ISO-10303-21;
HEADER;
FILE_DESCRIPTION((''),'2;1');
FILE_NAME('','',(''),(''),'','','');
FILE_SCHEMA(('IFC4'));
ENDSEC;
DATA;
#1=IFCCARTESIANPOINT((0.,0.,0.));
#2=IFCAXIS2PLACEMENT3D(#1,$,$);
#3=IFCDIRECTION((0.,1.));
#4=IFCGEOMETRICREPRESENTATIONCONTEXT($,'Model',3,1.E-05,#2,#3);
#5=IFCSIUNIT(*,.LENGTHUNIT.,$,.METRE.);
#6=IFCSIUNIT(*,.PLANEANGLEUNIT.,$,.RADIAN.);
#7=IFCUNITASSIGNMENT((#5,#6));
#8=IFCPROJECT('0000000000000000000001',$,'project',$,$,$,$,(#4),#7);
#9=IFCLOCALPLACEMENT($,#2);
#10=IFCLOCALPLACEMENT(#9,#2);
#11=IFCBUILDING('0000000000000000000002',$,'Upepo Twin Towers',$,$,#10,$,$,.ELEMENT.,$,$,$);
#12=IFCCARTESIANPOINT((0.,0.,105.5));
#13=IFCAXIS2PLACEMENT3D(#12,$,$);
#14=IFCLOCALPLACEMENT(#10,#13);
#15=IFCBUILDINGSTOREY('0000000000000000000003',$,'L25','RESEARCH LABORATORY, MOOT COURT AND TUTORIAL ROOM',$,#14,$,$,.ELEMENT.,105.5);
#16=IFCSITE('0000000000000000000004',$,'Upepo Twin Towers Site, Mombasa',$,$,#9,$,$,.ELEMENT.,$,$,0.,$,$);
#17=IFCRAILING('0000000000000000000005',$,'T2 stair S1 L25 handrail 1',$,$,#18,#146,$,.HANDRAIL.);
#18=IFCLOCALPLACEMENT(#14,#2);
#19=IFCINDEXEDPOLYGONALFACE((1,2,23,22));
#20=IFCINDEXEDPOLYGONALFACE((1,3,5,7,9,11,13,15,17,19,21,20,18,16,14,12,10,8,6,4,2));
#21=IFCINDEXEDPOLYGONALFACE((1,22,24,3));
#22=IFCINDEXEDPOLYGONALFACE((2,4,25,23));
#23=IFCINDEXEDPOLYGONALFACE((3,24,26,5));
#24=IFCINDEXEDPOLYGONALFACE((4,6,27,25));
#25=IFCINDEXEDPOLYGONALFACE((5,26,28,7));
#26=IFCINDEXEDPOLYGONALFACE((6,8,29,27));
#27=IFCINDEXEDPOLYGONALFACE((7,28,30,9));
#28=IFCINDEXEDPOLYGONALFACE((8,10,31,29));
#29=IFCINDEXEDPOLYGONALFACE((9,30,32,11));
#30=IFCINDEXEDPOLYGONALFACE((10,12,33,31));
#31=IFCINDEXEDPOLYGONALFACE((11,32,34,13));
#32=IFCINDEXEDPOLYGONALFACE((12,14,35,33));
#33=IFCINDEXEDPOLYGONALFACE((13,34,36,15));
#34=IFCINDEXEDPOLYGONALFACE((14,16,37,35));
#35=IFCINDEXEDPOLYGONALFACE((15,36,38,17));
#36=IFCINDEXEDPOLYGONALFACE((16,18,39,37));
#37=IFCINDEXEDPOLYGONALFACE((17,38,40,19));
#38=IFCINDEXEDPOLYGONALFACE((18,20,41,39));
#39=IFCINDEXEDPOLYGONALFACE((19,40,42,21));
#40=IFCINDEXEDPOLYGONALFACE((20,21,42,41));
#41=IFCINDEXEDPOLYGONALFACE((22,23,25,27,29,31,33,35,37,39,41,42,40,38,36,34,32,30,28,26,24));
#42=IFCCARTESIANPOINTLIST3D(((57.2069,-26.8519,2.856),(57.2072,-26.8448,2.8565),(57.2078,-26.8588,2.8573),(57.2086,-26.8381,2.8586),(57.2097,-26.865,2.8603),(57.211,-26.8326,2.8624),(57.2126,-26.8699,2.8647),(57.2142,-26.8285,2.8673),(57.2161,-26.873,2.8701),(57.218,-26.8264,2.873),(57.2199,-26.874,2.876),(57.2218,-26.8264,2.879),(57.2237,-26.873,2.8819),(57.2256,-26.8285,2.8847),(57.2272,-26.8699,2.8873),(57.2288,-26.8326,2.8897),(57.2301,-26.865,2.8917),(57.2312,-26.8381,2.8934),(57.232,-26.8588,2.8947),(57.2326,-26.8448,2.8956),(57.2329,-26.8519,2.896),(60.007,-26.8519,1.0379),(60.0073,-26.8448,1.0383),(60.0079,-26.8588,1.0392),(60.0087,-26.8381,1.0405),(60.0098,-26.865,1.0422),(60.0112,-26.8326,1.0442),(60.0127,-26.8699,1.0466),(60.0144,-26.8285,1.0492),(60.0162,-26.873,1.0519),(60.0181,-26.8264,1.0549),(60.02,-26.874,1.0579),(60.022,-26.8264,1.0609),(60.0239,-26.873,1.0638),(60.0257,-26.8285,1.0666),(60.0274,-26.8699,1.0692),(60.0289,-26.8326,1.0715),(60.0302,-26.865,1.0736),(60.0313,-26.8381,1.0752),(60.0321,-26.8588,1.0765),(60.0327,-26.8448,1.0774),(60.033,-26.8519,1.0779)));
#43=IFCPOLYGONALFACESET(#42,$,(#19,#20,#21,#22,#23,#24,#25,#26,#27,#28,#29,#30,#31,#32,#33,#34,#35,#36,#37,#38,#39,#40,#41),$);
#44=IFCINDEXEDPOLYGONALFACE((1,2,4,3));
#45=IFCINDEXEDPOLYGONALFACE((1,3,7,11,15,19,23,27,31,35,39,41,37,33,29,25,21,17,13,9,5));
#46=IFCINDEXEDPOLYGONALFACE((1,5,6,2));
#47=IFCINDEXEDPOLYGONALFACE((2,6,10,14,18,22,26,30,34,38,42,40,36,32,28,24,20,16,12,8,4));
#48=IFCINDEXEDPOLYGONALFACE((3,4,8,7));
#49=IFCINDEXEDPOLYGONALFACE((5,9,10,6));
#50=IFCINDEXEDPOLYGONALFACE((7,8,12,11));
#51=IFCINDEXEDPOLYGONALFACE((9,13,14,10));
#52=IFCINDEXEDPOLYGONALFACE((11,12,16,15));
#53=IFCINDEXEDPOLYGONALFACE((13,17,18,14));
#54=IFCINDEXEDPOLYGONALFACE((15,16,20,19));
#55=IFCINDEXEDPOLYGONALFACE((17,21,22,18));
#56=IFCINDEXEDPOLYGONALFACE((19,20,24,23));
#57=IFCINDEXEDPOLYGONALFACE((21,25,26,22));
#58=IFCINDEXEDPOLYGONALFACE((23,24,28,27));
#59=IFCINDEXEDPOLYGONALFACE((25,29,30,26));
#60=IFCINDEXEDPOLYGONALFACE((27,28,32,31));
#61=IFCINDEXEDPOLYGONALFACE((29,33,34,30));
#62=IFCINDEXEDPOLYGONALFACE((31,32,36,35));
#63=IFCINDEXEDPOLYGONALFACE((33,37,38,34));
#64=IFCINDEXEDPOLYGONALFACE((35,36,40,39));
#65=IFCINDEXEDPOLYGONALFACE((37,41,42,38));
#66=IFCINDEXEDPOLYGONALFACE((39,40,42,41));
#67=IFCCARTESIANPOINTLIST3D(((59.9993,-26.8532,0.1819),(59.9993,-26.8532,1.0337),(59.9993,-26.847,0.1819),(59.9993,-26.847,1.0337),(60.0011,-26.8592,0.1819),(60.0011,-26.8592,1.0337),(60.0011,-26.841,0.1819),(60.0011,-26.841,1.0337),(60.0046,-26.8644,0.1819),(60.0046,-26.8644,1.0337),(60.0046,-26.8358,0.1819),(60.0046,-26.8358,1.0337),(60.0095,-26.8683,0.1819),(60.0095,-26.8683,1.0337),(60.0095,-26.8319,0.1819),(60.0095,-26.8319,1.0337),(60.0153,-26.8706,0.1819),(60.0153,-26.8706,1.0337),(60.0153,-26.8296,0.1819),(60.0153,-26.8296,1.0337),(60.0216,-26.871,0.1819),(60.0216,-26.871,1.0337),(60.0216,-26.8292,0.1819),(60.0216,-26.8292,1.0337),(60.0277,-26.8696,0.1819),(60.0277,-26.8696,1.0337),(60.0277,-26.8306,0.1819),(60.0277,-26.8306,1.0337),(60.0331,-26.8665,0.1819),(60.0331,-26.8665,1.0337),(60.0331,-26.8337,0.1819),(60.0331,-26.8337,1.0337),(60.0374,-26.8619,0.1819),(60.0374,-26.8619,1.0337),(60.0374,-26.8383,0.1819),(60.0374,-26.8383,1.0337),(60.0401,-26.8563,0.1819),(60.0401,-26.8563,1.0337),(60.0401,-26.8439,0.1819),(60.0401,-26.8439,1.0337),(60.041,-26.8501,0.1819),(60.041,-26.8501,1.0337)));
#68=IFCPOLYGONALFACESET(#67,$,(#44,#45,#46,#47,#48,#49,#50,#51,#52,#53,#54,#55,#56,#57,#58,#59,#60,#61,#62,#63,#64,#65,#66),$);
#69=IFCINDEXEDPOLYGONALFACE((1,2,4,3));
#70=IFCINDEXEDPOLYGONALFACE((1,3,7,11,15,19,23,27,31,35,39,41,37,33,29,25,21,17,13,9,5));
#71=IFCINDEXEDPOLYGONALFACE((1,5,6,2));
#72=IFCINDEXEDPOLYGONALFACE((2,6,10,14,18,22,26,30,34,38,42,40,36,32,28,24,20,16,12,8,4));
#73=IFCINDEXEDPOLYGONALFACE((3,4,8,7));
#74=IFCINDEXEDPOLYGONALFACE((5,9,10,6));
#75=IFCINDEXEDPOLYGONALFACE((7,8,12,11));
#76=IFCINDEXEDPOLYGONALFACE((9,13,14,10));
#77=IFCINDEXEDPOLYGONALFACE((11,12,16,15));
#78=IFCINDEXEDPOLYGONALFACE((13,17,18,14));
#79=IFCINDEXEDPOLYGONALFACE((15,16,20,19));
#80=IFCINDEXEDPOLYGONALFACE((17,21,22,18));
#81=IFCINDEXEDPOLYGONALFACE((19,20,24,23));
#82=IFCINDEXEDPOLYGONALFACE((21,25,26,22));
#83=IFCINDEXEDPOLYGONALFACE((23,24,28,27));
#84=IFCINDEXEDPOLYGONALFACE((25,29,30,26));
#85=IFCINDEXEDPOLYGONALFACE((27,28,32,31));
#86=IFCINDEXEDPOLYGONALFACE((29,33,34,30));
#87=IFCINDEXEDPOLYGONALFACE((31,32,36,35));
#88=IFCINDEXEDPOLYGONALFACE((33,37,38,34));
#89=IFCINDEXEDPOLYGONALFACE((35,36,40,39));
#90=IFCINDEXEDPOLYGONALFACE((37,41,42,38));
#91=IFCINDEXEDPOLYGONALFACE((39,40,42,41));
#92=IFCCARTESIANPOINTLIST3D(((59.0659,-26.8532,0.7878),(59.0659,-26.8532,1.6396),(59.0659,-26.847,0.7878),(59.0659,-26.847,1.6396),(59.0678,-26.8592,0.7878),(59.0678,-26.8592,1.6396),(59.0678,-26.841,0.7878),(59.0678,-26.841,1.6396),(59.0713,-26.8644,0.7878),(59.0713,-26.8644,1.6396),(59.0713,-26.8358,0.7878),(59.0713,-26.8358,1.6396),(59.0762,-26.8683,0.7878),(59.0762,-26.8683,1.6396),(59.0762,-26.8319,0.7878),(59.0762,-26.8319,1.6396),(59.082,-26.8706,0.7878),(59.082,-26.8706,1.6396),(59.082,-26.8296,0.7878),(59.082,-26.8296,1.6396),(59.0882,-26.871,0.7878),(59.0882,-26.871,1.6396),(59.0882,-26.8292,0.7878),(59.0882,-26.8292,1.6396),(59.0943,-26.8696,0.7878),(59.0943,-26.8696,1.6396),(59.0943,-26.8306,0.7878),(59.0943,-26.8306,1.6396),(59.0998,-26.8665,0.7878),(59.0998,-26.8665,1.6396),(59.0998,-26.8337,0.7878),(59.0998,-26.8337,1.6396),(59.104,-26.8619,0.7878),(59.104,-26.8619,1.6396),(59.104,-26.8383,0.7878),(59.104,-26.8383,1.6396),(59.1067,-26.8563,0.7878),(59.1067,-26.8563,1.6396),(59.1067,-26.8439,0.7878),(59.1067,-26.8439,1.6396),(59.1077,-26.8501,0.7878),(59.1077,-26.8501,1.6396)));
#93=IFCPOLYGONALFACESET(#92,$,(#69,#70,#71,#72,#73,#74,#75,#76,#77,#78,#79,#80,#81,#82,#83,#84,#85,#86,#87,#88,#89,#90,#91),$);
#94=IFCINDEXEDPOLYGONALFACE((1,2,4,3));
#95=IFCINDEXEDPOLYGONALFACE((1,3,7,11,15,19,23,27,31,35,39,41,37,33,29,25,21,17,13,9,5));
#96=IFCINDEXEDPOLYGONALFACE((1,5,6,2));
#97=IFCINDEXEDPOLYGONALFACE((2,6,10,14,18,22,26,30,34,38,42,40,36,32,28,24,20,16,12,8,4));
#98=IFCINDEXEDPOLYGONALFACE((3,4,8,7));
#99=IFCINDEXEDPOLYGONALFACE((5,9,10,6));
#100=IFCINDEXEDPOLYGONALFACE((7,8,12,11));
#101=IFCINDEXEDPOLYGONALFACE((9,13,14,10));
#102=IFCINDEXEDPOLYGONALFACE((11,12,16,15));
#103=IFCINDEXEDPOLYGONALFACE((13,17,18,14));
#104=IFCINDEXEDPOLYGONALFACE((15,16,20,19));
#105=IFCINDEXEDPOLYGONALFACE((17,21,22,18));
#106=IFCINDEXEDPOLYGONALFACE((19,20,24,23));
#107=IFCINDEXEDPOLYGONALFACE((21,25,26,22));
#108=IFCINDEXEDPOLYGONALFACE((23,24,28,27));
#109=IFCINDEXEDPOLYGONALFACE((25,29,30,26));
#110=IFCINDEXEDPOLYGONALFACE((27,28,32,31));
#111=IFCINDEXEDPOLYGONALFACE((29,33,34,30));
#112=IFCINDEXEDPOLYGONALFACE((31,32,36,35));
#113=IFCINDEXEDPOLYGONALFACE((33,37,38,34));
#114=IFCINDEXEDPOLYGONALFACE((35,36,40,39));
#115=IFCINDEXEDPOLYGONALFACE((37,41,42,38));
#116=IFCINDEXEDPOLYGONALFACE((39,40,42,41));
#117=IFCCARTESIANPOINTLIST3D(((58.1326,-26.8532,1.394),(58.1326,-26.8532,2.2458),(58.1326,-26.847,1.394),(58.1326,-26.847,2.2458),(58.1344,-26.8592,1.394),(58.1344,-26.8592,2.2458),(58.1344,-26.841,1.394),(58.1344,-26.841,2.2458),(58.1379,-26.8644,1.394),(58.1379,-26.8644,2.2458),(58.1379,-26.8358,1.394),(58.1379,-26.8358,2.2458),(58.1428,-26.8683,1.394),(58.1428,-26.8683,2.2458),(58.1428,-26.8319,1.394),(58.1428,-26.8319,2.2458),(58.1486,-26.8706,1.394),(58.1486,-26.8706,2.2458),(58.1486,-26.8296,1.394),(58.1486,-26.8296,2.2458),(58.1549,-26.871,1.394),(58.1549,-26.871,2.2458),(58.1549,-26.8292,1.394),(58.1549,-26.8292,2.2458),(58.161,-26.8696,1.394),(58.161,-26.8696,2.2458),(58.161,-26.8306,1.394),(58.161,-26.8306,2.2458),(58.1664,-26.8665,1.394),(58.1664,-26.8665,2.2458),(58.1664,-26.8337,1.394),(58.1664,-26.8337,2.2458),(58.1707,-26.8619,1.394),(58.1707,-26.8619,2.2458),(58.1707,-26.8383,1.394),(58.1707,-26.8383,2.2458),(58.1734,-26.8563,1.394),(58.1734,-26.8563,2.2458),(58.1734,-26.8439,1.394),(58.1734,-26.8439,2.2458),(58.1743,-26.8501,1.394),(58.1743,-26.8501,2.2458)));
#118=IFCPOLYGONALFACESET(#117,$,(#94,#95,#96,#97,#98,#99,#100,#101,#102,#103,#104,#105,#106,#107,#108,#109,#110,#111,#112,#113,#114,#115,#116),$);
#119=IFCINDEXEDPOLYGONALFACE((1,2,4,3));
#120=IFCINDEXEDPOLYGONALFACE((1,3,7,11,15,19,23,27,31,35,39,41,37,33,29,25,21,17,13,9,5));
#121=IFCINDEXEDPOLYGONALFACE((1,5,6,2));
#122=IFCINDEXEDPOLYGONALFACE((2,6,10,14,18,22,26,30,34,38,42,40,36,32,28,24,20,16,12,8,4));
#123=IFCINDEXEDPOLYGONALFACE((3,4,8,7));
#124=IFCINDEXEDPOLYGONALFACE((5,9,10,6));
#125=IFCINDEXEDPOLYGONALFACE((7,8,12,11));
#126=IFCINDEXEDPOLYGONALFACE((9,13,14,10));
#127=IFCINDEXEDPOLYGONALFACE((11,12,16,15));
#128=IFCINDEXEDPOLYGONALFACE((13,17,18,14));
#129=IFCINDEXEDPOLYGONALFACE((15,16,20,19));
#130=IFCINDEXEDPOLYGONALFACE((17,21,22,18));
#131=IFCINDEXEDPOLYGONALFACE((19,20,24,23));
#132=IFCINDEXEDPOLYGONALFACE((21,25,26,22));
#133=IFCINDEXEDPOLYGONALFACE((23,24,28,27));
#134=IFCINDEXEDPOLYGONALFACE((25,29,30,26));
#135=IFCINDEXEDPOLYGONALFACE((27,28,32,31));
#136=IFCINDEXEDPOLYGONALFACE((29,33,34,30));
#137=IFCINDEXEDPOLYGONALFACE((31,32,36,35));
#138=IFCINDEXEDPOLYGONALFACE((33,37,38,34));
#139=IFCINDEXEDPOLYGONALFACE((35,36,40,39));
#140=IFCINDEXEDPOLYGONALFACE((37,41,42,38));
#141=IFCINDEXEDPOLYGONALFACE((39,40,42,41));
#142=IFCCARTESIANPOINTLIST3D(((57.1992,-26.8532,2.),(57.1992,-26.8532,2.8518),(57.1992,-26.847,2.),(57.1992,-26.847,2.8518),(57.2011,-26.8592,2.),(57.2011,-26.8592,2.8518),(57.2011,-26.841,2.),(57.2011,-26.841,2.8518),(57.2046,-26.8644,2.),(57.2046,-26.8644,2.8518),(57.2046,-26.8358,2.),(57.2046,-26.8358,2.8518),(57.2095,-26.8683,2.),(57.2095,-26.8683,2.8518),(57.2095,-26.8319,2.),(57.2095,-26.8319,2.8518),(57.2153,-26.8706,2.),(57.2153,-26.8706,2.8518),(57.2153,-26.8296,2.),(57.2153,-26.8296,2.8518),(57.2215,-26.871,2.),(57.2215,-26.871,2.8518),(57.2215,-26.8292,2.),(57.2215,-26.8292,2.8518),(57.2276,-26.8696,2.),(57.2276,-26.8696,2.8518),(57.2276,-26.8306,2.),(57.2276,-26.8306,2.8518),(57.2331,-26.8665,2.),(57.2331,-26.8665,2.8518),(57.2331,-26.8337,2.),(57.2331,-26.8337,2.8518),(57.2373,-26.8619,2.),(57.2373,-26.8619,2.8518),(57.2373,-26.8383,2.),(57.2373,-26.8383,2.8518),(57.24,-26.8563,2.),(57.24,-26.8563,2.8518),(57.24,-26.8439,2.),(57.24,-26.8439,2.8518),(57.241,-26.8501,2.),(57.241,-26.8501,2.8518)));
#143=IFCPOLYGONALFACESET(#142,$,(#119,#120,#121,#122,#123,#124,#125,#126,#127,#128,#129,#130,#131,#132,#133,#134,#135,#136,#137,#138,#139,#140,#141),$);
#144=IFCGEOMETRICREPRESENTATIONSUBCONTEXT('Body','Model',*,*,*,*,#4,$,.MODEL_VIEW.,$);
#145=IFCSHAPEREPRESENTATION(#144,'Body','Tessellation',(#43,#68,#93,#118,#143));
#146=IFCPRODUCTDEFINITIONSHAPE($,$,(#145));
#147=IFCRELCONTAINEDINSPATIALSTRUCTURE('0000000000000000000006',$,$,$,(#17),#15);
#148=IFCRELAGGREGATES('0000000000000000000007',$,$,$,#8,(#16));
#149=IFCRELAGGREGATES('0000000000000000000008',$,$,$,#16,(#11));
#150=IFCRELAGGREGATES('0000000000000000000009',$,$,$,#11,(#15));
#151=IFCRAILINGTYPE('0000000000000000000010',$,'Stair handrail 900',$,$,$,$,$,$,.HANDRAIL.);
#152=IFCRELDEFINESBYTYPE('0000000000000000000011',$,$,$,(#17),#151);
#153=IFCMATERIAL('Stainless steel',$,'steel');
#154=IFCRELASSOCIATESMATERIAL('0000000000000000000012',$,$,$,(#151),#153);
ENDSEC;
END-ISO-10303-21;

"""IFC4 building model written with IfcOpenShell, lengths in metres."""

from ifc_helpers import new_model, si_unit, direction, frame, origin, origin_2d, place, context, subcontext, project, spatial, circle, extrude, material, type_object, element, save


model = new_model("IFC4")

# Units and contexts
model_context = context("Model", 3, precision=1e-05, world=origin(), true_north=direction((0.0, 1.0)))
body_context = subcontext(model_context, "Body", "Model", "MODEL_VIEW")
ifc_project = project(units=[si_unit("LENGTHUNIT", "METRE"), si_unit("PLANEANGLEUNIT", "RADIAN")], contexts=[model_context])

# Site, building, storey
site_placement = place(None, origin())
site = spatial("IfcSite", under=ifc_project, at=site_placement, Name="Upepo Twin Towers Site, Mombasa", CompositionType="ELEMENT", RefElevation=0.0)
building_placement = place(site_placement, origin())
building = spatial("IfcBuilding", under=site, at=building_placement, Name="Upepo Twin Towers", CompositionType="ELEMENT")
storey_placement = place(building_placement, frame((0.0, 0.0, 105.5)))
storey = spatial("IfcBuildingStorey", under=building, at=storey_placement, Name="L25", Description="RESEARCH LABORATORY, MOOT COURT AND TUTORIAL ROOM", CompositionType="ELEMENT", Elevation=105.5)

# Railing
ifc_material_1 = material(Name="Stainless steel", Category="steel")
railing_type = type_object("IfcRailingType", Name="Stair handrail 900", PredefinedType="HANDRAIL", material=ifc_material_1)
railing_1_placement = place(storey_placement, frame((60.02, -26.8501, 0.1819)))
element("IfcRailing", 1, at=railing_1_placement, inside=storey, type_object=railing_type, Name="T2 stair S1 L25 handrail 1", PredefinedType="HANDRAIL", context=body_context, shape_type="SweptSolid", body=[
    extrude(circle(Radius=0.0239, at=origin_2d()), frame((0.0, 0.0, 0.876), z_axis=(-0.838706, 0.0, 0.544585), x_axis=(0.0, -1.0, 0.0)), (0.0, 0.0, 1.0), 3.3386),
    extrude(circle(Radius=0.021, at=origin_2d()), origin(), (0.0, 0.0, 1.0), 0.8518),
    extrude(circle(Radius=0.021, at=origin_2d()), frame((-0.9333, 0.0, 0.606)), (0.0, 0.0, 1.0), 0.8518),
    extrude(circle(Radius=0.021, at=origin_2d()), frame((-1.8667, 0.0, 1.2122)), (0.0, 0.0, 1.0), 0.8518),
    extrude(circle(Radius=0.021, at=origin_2d()), frame((-2.8, 0.0, 1.8181)), (0.0, 0.0, 1.0), 0.8518),
])

save(model, "model.ifc")
